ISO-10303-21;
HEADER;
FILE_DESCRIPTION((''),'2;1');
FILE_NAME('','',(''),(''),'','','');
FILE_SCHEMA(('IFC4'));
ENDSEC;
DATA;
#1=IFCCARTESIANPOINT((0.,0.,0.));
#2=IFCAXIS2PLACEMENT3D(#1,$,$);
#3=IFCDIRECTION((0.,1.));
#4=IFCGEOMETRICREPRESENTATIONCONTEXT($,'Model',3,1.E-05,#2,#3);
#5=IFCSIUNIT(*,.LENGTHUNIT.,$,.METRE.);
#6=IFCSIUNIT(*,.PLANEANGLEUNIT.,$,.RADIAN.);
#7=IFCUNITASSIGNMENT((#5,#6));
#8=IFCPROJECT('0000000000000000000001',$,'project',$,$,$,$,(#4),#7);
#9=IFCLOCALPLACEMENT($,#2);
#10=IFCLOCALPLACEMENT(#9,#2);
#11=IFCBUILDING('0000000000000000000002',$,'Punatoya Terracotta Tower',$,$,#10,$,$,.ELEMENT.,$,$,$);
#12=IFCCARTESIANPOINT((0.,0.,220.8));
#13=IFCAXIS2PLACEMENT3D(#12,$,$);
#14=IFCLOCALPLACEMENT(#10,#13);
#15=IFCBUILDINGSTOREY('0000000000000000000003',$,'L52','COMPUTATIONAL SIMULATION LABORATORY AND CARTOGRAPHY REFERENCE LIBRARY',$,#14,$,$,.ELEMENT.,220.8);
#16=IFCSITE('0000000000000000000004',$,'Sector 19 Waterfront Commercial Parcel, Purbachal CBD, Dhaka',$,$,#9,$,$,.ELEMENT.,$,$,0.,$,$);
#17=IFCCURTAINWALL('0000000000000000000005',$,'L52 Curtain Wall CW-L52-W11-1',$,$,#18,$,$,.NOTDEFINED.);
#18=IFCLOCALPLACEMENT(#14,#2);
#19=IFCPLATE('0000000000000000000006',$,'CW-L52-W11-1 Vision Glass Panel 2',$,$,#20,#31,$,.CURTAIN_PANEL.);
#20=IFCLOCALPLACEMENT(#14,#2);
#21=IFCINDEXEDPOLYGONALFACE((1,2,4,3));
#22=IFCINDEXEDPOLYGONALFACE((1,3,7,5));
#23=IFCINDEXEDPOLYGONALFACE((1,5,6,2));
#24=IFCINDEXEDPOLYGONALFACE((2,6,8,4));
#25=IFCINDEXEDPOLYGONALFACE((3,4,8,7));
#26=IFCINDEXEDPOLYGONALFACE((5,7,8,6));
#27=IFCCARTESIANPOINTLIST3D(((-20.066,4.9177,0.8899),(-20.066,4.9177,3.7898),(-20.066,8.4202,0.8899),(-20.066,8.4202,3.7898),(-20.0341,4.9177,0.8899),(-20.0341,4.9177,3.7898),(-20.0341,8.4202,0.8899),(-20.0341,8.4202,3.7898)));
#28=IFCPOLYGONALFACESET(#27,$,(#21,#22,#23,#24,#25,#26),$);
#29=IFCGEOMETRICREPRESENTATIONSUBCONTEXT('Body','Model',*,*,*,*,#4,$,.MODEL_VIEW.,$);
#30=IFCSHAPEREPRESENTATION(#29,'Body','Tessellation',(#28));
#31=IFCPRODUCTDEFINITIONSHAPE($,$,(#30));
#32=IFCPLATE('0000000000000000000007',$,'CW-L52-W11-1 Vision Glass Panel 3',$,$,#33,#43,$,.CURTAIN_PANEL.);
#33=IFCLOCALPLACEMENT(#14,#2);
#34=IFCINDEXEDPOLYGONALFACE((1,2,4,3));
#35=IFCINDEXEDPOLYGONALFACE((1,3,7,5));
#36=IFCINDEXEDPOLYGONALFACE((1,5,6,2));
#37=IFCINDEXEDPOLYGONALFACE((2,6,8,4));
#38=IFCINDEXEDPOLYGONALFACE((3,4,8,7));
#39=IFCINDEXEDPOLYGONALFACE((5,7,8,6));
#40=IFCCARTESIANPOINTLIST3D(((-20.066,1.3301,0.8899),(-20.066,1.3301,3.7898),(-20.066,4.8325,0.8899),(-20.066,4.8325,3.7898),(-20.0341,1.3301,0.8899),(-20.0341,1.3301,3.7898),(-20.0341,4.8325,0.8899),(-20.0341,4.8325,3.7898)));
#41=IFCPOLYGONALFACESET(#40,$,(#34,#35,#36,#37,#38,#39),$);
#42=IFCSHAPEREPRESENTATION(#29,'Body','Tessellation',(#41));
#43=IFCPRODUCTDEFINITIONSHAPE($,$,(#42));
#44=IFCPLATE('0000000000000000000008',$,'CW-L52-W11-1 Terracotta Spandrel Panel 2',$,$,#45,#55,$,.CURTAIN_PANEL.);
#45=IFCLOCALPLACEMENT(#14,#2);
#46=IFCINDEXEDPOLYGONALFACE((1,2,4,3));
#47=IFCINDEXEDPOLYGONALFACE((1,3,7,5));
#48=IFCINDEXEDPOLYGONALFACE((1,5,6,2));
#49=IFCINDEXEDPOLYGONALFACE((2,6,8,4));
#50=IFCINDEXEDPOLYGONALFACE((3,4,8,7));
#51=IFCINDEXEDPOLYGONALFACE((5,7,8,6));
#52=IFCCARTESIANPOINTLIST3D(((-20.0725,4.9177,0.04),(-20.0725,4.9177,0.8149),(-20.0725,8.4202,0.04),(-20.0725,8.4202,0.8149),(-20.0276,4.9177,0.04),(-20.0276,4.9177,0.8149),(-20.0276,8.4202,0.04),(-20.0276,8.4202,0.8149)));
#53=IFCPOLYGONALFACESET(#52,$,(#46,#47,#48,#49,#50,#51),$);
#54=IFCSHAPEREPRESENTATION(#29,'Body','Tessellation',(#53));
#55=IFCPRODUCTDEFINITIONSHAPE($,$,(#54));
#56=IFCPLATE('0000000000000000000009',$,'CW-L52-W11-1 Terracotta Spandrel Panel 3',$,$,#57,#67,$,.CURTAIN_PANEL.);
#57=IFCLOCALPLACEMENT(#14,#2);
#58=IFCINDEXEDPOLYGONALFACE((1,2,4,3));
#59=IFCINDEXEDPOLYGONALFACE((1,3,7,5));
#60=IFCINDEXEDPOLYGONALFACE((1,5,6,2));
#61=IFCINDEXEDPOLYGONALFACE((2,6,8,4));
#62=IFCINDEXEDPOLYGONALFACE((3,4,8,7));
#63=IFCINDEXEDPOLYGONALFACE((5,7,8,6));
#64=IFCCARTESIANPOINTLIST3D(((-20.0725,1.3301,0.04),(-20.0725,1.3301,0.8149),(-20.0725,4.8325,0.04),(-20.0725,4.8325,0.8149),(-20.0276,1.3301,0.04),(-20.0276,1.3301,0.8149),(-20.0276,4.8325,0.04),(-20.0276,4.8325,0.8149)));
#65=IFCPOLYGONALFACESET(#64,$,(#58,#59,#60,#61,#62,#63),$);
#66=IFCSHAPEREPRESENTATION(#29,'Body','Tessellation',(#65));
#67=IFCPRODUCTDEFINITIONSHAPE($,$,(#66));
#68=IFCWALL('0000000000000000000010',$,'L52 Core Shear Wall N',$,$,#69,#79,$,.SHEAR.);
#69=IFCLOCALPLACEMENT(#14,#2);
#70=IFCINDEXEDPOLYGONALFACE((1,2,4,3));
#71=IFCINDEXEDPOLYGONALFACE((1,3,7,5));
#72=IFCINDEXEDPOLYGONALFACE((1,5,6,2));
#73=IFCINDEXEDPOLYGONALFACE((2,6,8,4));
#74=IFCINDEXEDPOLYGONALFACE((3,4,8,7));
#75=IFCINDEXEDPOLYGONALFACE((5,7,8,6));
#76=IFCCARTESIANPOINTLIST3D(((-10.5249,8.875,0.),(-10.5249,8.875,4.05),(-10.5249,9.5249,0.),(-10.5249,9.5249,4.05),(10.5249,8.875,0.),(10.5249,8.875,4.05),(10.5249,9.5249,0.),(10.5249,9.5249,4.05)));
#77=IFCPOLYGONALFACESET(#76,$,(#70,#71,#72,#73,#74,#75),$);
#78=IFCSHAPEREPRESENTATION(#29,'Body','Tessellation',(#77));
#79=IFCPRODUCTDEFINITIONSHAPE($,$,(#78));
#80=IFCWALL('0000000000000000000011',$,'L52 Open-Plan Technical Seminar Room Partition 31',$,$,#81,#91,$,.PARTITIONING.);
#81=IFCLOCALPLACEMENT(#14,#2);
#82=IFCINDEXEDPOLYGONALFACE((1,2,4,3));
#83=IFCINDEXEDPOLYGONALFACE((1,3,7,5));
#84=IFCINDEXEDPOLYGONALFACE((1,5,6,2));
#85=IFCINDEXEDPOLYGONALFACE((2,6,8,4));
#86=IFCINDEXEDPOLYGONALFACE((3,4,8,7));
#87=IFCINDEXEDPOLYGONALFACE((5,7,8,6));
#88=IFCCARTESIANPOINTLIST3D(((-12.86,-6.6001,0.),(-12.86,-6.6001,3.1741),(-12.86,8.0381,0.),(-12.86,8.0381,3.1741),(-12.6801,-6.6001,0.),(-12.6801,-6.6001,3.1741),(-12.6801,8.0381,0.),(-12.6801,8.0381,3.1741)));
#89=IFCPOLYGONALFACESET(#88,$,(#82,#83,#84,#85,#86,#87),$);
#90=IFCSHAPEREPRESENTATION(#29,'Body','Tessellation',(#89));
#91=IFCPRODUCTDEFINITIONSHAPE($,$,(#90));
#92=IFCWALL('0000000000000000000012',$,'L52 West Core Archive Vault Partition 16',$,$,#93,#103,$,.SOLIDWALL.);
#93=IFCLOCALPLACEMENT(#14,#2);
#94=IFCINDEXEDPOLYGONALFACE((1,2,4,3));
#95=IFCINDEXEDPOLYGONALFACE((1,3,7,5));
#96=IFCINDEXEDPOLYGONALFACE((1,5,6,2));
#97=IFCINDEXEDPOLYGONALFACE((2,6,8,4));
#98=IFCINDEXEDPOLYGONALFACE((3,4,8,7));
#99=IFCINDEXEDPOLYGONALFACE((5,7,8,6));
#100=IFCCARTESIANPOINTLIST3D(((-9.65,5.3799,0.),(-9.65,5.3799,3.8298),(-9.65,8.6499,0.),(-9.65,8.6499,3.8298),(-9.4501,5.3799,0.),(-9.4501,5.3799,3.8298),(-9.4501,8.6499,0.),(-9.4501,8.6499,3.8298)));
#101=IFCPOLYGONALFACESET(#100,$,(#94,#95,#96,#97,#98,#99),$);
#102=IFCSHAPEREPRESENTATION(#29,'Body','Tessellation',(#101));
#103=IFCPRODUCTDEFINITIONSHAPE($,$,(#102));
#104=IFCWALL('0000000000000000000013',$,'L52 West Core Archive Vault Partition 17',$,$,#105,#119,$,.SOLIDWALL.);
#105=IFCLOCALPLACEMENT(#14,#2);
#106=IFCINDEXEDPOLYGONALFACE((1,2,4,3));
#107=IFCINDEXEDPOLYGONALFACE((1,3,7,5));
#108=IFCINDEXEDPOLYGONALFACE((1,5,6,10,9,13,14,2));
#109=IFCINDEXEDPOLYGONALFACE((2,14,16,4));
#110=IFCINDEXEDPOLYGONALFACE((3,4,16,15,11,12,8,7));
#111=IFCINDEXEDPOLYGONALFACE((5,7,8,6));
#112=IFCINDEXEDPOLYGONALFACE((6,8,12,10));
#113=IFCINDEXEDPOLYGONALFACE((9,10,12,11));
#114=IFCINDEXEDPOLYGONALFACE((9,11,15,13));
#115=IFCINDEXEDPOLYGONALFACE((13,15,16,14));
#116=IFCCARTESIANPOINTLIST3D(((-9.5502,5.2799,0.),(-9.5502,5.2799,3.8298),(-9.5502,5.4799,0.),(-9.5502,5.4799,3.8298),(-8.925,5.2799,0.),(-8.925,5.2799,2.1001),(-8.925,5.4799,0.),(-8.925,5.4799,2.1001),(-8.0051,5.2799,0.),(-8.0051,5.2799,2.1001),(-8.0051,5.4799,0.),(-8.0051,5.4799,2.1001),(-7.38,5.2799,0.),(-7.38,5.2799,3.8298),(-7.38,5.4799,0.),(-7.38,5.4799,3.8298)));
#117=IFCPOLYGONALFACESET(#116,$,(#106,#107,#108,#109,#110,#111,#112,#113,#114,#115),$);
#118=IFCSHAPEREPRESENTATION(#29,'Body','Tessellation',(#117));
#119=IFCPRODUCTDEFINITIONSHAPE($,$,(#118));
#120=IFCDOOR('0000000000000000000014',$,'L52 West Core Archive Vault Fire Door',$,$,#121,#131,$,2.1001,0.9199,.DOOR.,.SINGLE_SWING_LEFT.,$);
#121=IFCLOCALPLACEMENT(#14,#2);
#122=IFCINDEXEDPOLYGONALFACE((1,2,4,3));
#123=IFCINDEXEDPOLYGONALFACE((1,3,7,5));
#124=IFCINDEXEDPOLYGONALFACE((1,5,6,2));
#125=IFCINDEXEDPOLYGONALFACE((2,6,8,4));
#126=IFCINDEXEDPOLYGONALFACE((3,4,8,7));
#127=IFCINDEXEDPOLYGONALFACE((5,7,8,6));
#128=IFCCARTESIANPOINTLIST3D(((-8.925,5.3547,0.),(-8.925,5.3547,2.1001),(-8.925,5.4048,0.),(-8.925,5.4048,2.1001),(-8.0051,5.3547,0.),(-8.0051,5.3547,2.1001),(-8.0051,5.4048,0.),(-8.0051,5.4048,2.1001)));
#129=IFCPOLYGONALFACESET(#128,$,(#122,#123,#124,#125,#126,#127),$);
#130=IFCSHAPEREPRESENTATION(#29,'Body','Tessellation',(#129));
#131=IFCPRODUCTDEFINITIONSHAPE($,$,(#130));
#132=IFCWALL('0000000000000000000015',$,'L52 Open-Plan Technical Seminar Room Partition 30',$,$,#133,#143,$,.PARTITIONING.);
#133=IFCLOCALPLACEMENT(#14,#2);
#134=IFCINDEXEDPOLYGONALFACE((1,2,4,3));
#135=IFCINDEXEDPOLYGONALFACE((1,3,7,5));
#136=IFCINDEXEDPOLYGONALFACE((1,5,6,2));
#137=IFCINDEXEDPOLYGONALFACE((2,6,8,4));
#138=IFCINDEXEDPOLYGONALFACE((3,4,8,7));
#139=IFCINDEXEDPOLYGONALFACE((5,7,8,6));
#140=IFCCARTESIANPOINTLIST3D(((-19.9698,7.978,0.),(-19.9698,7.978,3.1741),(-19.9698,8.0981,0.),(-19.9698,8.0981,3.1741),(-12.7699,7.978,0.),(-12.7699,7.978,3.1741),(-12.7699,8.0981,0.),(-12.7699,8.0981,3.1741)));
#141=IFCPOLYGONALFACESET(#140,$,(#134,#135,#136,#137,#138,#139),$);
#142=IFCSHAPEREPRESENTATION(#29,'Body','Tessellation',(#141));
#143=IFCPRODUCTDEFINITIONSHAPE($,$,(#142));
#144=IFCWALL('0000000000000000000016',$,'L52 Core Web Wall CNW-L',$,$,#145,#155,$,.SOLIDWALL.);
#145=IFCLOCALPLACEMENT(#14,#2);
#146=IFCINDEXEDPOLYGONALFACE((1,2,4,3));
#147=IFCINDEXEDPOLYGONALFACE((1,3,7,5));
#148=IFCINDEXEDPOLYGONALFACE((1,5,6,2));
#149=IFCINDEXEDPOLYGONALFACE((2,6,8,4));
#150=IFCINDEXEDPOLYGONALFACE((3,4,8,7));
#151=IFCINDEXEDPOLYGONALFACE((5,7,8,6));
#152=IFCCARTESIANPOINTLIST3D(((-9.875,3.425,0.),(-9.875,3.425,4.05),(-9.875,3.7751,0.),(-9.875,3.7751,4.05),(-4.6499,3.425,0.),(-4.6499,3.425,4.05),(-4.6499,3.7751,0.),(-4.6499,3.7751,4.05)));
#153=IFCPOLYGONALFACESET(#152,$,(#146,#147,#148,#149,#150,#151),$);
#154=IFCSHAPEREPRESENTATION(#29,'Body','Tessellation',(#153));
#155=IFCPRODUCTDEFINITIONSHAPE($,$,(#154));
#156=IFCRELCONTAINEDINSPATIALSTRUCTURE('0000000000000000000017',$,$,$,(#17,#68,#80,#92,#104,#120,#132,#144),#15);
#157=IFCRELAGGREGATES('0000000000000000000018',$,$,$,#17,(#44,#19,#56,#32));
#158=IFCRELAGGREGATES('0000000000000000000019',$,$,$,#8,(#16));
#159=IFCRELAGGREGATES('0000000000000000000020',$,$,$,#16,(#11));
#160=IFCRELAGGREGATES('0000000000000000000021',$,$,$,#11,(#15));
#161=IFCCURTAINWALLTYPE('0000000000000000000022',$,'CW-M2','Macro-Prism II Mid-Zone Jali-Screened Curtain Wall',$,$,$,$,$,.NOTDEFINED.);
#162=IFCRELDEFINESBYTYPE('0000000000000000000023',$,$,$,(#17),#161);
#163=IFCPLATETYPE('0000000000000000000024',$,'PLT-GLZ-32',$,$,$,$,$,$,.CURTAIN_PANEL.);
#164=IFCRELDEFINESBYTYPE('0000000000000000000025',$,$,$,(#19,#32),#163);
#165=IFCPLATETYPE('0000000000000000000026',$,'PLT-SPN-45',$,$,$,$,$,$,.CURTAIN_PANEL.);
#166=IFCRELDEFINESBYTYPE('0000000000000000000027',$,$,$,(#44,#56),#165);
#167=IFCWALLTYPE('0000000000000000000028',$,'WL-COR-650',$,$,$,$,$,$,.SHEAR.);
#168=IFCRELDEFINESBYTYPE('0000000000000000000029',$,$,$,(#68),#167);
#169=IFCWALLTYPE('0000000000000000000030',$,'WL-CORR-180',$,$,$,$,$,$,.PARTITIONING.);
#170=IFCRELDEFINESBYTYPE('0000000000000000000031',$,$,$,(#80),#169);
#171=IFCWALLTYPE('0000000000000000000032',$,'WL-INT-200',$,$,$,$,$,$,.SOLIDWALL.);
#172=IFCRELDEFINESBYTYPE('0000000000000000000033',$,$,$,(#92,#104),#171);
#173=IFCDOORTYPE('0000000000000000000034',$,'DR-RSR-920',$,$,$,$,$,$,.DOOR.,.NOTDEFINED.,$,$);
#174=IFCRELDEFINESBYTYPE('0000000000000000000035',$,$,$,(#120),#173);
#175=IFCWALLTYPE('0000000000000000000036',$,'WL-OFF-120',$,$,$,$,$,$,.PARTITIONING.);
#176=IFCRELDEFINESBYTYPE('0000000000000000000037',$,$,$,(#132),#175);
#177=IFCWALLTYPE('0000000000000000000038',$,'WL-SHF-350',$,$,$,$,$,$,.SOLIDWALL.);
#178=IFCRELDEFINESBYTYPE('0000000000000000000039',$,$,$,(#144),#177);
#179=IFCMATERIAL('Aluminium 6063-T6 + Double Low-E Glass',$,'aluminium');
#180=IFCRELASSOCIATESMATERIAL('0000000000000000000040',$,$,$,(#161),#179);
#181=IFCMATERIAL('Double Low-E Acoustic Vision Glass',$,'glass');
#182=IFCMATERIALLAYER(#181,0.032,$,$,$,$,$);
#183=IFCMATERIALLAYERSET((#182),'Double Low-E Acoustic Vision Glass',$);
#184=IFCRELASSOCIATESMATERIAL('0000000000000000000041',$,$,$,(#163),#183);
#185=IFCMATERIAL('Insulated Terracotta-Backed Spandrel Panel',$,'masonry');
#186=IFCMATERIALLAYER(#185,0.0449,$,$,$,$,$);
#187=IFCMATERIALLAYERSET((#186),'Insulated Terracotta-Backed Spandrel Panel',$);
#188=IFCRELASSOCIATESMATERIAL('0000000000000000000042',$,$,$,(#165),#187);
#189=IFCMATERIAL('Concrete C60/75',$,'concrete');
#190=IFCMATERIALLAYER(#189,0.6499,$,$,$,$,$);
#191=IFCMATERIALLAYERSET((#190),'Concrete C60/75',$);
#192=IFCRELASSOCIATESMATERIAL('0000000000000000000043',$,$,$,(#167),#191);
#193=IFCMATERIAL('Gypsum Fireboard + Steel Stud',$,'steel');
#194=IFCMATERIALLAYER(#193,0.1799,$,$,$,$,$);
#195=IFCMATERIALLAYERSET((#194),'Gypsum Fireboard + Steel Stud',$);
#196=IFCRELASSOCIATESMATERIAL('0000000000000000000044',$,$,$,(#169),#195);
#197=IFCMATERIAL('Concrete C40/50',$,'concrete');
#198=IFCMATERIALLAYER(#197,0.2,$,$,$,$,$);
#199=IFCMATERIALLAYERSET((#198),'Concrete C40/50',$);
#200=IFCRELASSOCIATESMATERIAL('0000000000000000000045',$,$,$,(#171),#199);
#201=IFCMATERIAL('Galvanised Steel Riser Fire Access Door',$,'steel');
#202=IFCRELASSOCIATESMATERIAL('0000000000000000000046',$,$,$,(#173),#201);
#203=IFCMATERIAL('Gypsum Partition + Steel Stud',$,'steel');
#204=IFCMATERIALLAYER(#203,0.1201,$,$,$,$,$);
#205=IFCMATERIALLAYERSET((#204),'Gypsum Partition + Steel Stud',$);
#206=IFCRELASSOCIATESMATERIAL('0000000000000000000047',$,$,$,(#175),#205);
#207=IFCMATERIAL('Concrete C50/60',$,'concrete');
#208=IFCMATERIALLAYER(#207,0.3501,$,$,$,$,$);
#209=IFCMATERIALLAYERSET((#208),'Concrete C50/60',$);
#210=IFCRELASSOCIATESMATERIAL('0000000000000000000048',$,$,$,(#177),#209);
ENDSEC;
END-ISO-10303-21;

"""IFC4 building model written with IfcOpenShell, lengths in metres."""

from ifc_helpers import new_model, si_unit, direction, frame, frame_2d, origin, origin_2d, place, context, subcontext, project, spatial, rectangle, extrude, material, layer, layer_set, type_object, element, fill, aggregate, save


model = new_model("IFC4")

# Units and contexts
model_context = context("Model", 3, precision=1e-05, world=origin(), true_north=direction((0.0, 1.0)))
body_context = subcontext(model_context, "Body", "Model", "MODEL_VIEW")
ifc_project = project(units=[si_unit("LENGTHUNIT", "METRE"), si_unit("PLANEANGLEUNIT", "RADIAN")], contexts=[model_context])

# Site, building, storey
site_placement = place(None, origin())
site = spatial("IfcSite", under=ifc_project, at=site_placement, Name="Sector 19 Waterfront Commercial Parcel, Purbachal CBD, Dhaka", CompositionType="ELEMENT", RefElevation=0.0)
building_placement = place(site_placement, origin())
building = spatial("IfcBuilding", under=site, at=building_placement, Name="Punatoya Terracotta Tower", CompositionType="ELEMENT")
storey_placement = place(building_placement, frame((0.0, 0.0, 220.8)))
storey = spatial("IfcBuildingStorey", under=building, at=storey_placement, Name="L52", Description="COMPUTATIONAL SIMULATION LABORATORY AND CARTOGRAPHY REFERENCE LIBRARY", CompositionType="ELEMENT", Elevation=220.8)

# Curtain wall, plates
ifc_material_1 = material(Name="Aluminium 6063-T6 + Double Low-E Glass", Category="aluminium")
curtain_wall_type = type_object("IfcCurtainWallType", Name="CW-M2", Description="Macro-Prism II Mid-Zone Jali-Screened Curtain Wall", PredefinedType="NOTDEFINED", material=ifc_material_1)
curtain_wall_placement = place(storey_placement, origin())
curtain_wall = element("IfcCurtainWall", 1, at=curtain_wall_placement, inside=storey, type_object=curtain_wall_type, Name="L52 Curtain Wall CW-L52-W11-1", PredefinedType="NOTDEFINED")
ifc_material_2 = material(Name="Double Low-E Acoustic Vision Glass", Category="glass")
ifc_layer_1 = layer(ifc_material_2, 0.032)
ifc_layer_set_1 = layer_set([ifc_layer_1], Name="Double Low-E Acoustic Vision Glass")
plate_type_1 = type_object("IfcPlateType", Name="PLT-GLZ-32", PredefinedType="CURTAIN_PANEL", material=ifc_layer_set_1)
plate_1_placement = place(storey_placement, frame((-20.05, 6.6689, 0.8899), z_axis=(0.0, 0.0, 1.0), x_axis=(0.0, -1.0, 0.0)))
plate_1 = element("IfcPlate", 2, at=plate_1_placement, type_object=plate_type_1, Name="CW-L52-W11-1 Vision Glass Panel 2", PredefinedType="CURTAIN_PANEL", context=body_context, shape_type="SweptSolid", body=[
    extrude(rectangle(XDim=3.5024, YDim=0.032, at=origin_2d()), origin(), (0.0, 0.0, 1.0), 2.8999),
])
plate_2_placement = place(storey_placement, frame((-20.05, 3.0813, 0.8899), z_axis=(0.0, 0.0, 1.0), x_axis=(0.0, -1.0, 0.0)))
plate_2 = element("IfcPlate", 3, at=plate_2_placement, type_object=plate_type_1, Name="CW-L52-W11-1 Vision Glass Panel 3", PredefinedType="CURTAIN_PANEL", context=body_context, shape_type="SweptSolid", body=[
    extrude(rectangle(XDim=3.5024, YDim=0.032, at=origin_2d()), origin(), (0.0, 0.0, 1.0), 2.8999),
])
ifc_material_3 = material(Name="Insulated Terracotta-Backed Spandrel Panel", Category="masonry")
ifc_layer_2 = layer(ifc_material_3, 0.0449)
ifc_layer_set_2 = layer_set([ifc_layer_2], Name="Insulated Terracotta-Backed Spandrel Panel")
plate_type_2 = type_object("IfcPlateType", Name="PLT-SPN-45", PredefinedType="CURTAIN_PANEL", material=ifc_layer_set_2)
plate_3_placement = place(storey_placement, frame((-20.05, 6.6689, 0.04), z_axis=(0.0, 0.0, 1.0), x_axis=(0.0, -1.0, 0.0)))
plate_3 = element("IfcPlate", 4, at=plate_3_placement, type_object=plate_type_2, Name="CW-L52-W11-1 Terracotta Spandrel Panel 2", PredefinedType="CURTAIN_PANEL", context=body_context, shape_type="SweptSolid", body=[
    extrude(rectangle(XDim=3.5024, YDim=0.0449, at=origin_2d()), origin(), (0.0, 0.0, 1.0), 0.7749),
])
plate_4_placement = place(storey_placement, frame((-20.05, 3.0813, 0.04), z_axis=(0.0, 0.0, 1.0), x_axis=(0.0, -1.0, 0.0)))
plate_4 = element("IfcPlate", 5, at=plate_4_placement, type_object=plate_type_2, Name="CW-L52-W11-1 Terracotta Spandrel Panel 3", PredefinedType="CURTAIN_PANEL", context=body_context, shape_type="SweptSolid", body=[
    extrude(rectangle(XDim=3.5024, YDim=0.0449, at=origin_2d()), origin(), (0.0, 0.0, 1.0), 0.7749),
])
aggregate(curtain_wall, [plate_3, plate_1, plate_4, plate_2])

# Walls
ifc_material_4 = material(Name="Concrete C60/75", Category="concrete")
ifc_layer_3 = layer(ifc_material_4, 0.6499)
ifc_layer_set_3 = layer_set([ifc_layer_3], Name="Concrete C60/75")
wall_type_1 = type_object("IfcWallType", Name="WL-COR-650", PredefinedType="SHEAR", material=ifc_layer_set_3)
wall_1_placement = place(storey_placement, frame((-10.5249, 9.2, 0.0), z_axis=(0.0, 0.0, 1.0), x_axis=(1.0, 0.0, 0.0)))
element("IfcWall", 6, at=wall_1_placement, inside=storey, type_object=wall_type_1, Name="L52 Core Shear Wall N", PredefinedType="SHEAR", context=body_context, shape_type="SweptSolid", body=[
    extrude(rectangle(XDim=21.0498, YDim=0.6499, at=frame_2d((10.5249, 0.0))), origin(), (0.0, 0.0, 1.0), 4.05),
])
ifc_material_5 = material(Name="Gypsum Fireboard + Steel Stud", Category="steel")
ifc_layer_4 = layer(ifc_material_5, 0.1799)
ifc_layer_set_4 = layer_set([ifc_layer_4], Name="Gypsum Fireboard + Steel Stud")
wall_type_2 = type_object("IfcWallType", Name="WL-CORR-180", PredefinedType="PARTITIONING", material=ifc_layer_set_4)
wall_2_placement = place(storey_placement, frame((-12.77, 8.0381, 0.0), z_axis=(0.0, 0.0, 1.0), x_axis=(0.0, -1.0, 0.0)))
element("IfcWall", 7, at=wall_2_placement, inside=storey, type_object=wall_type_2, Name="L52 Open-Plan Technical Seminar Room Partition 31", PredefinedType="PARTITIONING", context=body_context, shape_type="SweptSolid", body=[
    extrude(rectangle(XDim=14.6382, YDim=0.1799, at=frame_2d((7.3191, 0.0))), origin(), (0.0, 0.0, 1.0), 3.1741),
])
ifc_material_6 = material(Name="Concrete C40/50", Category="concrete")
ifc_layer_5 = layer(ifc_material_6, 0.2)
ifc_layer_set_5 = layer_set([ifc_layer_5], Name="Concrete C40/50")
wall_type_3 = type_object("IfcWallType", Name="WL-INT-200", PredefinedType="SOLIDWALL", material=ifc_layer_set_5)
wall_3_placement = place(storey_placement, frame((-9.55, 8.6499, 0.0), z_axis=(0.0, 0.0, 1.0), x_axis=(0.0, -1.0, 0.0)))
element("IfcWall", 8, at=wall_3_placement, inside=storey, type_object=wall_type_3, Name="L52 West Core Archive Vault Partition 16", PredefinedType="SOLIDWALL", context=body_context, shape_type="SweptSolid", body=[
    extrude(rectangle(XDim=3.27, YDim=0.2, at=frame_2d((1.635, 0.0))), origin(), (0.0, 0.0, 1.0), 3.8298),
])

# Wall, opening, door
wall_4_placement = place(storey_placement, frame((-9.55, 5.3799, 0.0), z_axis=(0.0, 0.0, 1.0), x_axis=(1.0, 0.0, 0.0)))
wall_4 = element("IfcWall", 9, at=wall_4_placement, inside=storey, type_object=wall_type_3, Name="L52 West Core Archive Vault Partition 17", PredefinedType="SOLIDWALL", context=body_context, shape_type="SweptSolid", body=[
    extrude(rectangle(XDim=2.1702, YDim=0.2, at=frame_2d((1.085, 0.0))), origin(), (0.0, 0.0, 1.0), 3.8298),
])
opening_placement = place(wall_4_placement, frame((0.625, 0.0, 0.0)))
opening = element("IfcOpeningElement", 10, at=opening_placement, cuts=wall_4, PredefinedType="OPENING", context=body_context, shape_type="SweptSolid", body=[
    extrude(rectangle(XDim=0.9199, YDim=2.1001, at=frame_2d((0.46, 1.05))), frame((0.0, 0.1099, 0.0), z_axis=(0.0, -1.0, 0.0), x_axis=(1.0, 0.0, 0.0)), (0.0, 0.0, 1.0), 0.22),
])
ifc_material_7 = material(Name="Galvanised Steel Riser Fire Access Door", Category="steel")
door_type = type_object("IfcDoorType", Name="DR-RSR-920", OperationType="NOTDEFINED", PredefinedType="DOOR", material=ifc_material_7)
door_placement = place(opening_placement, origin())
door = element("IfcDoor", 11, at=door_placement, inside=storey, type_object=door_type, Name="L52 West Core Archive Vault Fire Door", OperationType="SINGLE_SWING_LEFT", OverallHeight=2.1001, OverallWidth=0.9199, PredefinedType="DOOR", context=body_context, shape_type="SweptSolid", body=[
    extrude(rectangle(XDim=0.9199, YDim=2.1001, at=frame_2d((0.46, 1.05))), frame((0.0, 0.0249, 0.0), z_axis=(0.0, -1.0, 0.0), x_axis=(1.0, 0.0, 0.0)), (0.0, 0.0, 1.0), 0.05),
])
fill(opening, door)

# Walls
ifc_material_8 = material(Name="Gypsum Partition + Steel Stud", Category="steel")
ifc_layer_6 = layer(ifc_material_8, 0.1201)
ifc_layer_set_6 = layer_set([ifc_layer_6], Name="Gypsum Partition + Steel Stud")
wall_type_4 = type_object("IfcWallType", Name="WL-OFF-120", PredefinedType="PARTITIONING", material=ifc_layer_set_6)
wall_5_placement = place(storey_placement, frame((-19.97, 8.0381, 0.0), z_axis=(0.0, 0.0, 1.0), x_axis=(1.0, 0.0, 0.0)))
element("IfcWall", 12, at=wall_5_placement, inside=storey, type_object=wall_type_4, Name="L52 Open-Plan Technical Seminar Room Partition 30", PredefinedType="PARTITIONING", context=body_context, shape_type="SweptSolid", body=[
    extrude(rectangle(XDim=7.2, YDim=0.1201, at=frame_2d((3.6001, 0.0))), origin(), (0.0, 0.0, 1.0), 3.1741),
])
ifc_material_9 = material(Name="Concrete C50/60", Category="concrete")
ifc_layer_7 = layer(ifc_material_9, 0.3501)
ifc_layer_set_7 = layer_set([ifc_layer_7], Name="Concrete C50/60")
wall_type_5 = type_object("IfcWallType", Name="WL-SHF-350", PredefinedType="SOLIDWALL", material=ifc_layer_set_7)
wall_6_placement = place(storey_placement, frame((-9.875, 3.6001, 0.0), z_axis=(0.0, 0.0, 1.0), x_axis=(1.0, 0.0, 0.0)))
element("IfcWall", 13, at=wall_6_placement, inside=storey, type_object=wall_type_5, Name="L52 Core Web Wall CNW-L", PredefinedType="SOLIDWALL", context=body_context, shape_type="SweptSolid", body=[
    extrude(rectangle(XDim=5.2251, YDim=0.3501, at=frame_2d((2.6125, 0.0))), origin(), (0.0, 0.0, 1.0), 4.05),
])

save(model, "model.ifc")
